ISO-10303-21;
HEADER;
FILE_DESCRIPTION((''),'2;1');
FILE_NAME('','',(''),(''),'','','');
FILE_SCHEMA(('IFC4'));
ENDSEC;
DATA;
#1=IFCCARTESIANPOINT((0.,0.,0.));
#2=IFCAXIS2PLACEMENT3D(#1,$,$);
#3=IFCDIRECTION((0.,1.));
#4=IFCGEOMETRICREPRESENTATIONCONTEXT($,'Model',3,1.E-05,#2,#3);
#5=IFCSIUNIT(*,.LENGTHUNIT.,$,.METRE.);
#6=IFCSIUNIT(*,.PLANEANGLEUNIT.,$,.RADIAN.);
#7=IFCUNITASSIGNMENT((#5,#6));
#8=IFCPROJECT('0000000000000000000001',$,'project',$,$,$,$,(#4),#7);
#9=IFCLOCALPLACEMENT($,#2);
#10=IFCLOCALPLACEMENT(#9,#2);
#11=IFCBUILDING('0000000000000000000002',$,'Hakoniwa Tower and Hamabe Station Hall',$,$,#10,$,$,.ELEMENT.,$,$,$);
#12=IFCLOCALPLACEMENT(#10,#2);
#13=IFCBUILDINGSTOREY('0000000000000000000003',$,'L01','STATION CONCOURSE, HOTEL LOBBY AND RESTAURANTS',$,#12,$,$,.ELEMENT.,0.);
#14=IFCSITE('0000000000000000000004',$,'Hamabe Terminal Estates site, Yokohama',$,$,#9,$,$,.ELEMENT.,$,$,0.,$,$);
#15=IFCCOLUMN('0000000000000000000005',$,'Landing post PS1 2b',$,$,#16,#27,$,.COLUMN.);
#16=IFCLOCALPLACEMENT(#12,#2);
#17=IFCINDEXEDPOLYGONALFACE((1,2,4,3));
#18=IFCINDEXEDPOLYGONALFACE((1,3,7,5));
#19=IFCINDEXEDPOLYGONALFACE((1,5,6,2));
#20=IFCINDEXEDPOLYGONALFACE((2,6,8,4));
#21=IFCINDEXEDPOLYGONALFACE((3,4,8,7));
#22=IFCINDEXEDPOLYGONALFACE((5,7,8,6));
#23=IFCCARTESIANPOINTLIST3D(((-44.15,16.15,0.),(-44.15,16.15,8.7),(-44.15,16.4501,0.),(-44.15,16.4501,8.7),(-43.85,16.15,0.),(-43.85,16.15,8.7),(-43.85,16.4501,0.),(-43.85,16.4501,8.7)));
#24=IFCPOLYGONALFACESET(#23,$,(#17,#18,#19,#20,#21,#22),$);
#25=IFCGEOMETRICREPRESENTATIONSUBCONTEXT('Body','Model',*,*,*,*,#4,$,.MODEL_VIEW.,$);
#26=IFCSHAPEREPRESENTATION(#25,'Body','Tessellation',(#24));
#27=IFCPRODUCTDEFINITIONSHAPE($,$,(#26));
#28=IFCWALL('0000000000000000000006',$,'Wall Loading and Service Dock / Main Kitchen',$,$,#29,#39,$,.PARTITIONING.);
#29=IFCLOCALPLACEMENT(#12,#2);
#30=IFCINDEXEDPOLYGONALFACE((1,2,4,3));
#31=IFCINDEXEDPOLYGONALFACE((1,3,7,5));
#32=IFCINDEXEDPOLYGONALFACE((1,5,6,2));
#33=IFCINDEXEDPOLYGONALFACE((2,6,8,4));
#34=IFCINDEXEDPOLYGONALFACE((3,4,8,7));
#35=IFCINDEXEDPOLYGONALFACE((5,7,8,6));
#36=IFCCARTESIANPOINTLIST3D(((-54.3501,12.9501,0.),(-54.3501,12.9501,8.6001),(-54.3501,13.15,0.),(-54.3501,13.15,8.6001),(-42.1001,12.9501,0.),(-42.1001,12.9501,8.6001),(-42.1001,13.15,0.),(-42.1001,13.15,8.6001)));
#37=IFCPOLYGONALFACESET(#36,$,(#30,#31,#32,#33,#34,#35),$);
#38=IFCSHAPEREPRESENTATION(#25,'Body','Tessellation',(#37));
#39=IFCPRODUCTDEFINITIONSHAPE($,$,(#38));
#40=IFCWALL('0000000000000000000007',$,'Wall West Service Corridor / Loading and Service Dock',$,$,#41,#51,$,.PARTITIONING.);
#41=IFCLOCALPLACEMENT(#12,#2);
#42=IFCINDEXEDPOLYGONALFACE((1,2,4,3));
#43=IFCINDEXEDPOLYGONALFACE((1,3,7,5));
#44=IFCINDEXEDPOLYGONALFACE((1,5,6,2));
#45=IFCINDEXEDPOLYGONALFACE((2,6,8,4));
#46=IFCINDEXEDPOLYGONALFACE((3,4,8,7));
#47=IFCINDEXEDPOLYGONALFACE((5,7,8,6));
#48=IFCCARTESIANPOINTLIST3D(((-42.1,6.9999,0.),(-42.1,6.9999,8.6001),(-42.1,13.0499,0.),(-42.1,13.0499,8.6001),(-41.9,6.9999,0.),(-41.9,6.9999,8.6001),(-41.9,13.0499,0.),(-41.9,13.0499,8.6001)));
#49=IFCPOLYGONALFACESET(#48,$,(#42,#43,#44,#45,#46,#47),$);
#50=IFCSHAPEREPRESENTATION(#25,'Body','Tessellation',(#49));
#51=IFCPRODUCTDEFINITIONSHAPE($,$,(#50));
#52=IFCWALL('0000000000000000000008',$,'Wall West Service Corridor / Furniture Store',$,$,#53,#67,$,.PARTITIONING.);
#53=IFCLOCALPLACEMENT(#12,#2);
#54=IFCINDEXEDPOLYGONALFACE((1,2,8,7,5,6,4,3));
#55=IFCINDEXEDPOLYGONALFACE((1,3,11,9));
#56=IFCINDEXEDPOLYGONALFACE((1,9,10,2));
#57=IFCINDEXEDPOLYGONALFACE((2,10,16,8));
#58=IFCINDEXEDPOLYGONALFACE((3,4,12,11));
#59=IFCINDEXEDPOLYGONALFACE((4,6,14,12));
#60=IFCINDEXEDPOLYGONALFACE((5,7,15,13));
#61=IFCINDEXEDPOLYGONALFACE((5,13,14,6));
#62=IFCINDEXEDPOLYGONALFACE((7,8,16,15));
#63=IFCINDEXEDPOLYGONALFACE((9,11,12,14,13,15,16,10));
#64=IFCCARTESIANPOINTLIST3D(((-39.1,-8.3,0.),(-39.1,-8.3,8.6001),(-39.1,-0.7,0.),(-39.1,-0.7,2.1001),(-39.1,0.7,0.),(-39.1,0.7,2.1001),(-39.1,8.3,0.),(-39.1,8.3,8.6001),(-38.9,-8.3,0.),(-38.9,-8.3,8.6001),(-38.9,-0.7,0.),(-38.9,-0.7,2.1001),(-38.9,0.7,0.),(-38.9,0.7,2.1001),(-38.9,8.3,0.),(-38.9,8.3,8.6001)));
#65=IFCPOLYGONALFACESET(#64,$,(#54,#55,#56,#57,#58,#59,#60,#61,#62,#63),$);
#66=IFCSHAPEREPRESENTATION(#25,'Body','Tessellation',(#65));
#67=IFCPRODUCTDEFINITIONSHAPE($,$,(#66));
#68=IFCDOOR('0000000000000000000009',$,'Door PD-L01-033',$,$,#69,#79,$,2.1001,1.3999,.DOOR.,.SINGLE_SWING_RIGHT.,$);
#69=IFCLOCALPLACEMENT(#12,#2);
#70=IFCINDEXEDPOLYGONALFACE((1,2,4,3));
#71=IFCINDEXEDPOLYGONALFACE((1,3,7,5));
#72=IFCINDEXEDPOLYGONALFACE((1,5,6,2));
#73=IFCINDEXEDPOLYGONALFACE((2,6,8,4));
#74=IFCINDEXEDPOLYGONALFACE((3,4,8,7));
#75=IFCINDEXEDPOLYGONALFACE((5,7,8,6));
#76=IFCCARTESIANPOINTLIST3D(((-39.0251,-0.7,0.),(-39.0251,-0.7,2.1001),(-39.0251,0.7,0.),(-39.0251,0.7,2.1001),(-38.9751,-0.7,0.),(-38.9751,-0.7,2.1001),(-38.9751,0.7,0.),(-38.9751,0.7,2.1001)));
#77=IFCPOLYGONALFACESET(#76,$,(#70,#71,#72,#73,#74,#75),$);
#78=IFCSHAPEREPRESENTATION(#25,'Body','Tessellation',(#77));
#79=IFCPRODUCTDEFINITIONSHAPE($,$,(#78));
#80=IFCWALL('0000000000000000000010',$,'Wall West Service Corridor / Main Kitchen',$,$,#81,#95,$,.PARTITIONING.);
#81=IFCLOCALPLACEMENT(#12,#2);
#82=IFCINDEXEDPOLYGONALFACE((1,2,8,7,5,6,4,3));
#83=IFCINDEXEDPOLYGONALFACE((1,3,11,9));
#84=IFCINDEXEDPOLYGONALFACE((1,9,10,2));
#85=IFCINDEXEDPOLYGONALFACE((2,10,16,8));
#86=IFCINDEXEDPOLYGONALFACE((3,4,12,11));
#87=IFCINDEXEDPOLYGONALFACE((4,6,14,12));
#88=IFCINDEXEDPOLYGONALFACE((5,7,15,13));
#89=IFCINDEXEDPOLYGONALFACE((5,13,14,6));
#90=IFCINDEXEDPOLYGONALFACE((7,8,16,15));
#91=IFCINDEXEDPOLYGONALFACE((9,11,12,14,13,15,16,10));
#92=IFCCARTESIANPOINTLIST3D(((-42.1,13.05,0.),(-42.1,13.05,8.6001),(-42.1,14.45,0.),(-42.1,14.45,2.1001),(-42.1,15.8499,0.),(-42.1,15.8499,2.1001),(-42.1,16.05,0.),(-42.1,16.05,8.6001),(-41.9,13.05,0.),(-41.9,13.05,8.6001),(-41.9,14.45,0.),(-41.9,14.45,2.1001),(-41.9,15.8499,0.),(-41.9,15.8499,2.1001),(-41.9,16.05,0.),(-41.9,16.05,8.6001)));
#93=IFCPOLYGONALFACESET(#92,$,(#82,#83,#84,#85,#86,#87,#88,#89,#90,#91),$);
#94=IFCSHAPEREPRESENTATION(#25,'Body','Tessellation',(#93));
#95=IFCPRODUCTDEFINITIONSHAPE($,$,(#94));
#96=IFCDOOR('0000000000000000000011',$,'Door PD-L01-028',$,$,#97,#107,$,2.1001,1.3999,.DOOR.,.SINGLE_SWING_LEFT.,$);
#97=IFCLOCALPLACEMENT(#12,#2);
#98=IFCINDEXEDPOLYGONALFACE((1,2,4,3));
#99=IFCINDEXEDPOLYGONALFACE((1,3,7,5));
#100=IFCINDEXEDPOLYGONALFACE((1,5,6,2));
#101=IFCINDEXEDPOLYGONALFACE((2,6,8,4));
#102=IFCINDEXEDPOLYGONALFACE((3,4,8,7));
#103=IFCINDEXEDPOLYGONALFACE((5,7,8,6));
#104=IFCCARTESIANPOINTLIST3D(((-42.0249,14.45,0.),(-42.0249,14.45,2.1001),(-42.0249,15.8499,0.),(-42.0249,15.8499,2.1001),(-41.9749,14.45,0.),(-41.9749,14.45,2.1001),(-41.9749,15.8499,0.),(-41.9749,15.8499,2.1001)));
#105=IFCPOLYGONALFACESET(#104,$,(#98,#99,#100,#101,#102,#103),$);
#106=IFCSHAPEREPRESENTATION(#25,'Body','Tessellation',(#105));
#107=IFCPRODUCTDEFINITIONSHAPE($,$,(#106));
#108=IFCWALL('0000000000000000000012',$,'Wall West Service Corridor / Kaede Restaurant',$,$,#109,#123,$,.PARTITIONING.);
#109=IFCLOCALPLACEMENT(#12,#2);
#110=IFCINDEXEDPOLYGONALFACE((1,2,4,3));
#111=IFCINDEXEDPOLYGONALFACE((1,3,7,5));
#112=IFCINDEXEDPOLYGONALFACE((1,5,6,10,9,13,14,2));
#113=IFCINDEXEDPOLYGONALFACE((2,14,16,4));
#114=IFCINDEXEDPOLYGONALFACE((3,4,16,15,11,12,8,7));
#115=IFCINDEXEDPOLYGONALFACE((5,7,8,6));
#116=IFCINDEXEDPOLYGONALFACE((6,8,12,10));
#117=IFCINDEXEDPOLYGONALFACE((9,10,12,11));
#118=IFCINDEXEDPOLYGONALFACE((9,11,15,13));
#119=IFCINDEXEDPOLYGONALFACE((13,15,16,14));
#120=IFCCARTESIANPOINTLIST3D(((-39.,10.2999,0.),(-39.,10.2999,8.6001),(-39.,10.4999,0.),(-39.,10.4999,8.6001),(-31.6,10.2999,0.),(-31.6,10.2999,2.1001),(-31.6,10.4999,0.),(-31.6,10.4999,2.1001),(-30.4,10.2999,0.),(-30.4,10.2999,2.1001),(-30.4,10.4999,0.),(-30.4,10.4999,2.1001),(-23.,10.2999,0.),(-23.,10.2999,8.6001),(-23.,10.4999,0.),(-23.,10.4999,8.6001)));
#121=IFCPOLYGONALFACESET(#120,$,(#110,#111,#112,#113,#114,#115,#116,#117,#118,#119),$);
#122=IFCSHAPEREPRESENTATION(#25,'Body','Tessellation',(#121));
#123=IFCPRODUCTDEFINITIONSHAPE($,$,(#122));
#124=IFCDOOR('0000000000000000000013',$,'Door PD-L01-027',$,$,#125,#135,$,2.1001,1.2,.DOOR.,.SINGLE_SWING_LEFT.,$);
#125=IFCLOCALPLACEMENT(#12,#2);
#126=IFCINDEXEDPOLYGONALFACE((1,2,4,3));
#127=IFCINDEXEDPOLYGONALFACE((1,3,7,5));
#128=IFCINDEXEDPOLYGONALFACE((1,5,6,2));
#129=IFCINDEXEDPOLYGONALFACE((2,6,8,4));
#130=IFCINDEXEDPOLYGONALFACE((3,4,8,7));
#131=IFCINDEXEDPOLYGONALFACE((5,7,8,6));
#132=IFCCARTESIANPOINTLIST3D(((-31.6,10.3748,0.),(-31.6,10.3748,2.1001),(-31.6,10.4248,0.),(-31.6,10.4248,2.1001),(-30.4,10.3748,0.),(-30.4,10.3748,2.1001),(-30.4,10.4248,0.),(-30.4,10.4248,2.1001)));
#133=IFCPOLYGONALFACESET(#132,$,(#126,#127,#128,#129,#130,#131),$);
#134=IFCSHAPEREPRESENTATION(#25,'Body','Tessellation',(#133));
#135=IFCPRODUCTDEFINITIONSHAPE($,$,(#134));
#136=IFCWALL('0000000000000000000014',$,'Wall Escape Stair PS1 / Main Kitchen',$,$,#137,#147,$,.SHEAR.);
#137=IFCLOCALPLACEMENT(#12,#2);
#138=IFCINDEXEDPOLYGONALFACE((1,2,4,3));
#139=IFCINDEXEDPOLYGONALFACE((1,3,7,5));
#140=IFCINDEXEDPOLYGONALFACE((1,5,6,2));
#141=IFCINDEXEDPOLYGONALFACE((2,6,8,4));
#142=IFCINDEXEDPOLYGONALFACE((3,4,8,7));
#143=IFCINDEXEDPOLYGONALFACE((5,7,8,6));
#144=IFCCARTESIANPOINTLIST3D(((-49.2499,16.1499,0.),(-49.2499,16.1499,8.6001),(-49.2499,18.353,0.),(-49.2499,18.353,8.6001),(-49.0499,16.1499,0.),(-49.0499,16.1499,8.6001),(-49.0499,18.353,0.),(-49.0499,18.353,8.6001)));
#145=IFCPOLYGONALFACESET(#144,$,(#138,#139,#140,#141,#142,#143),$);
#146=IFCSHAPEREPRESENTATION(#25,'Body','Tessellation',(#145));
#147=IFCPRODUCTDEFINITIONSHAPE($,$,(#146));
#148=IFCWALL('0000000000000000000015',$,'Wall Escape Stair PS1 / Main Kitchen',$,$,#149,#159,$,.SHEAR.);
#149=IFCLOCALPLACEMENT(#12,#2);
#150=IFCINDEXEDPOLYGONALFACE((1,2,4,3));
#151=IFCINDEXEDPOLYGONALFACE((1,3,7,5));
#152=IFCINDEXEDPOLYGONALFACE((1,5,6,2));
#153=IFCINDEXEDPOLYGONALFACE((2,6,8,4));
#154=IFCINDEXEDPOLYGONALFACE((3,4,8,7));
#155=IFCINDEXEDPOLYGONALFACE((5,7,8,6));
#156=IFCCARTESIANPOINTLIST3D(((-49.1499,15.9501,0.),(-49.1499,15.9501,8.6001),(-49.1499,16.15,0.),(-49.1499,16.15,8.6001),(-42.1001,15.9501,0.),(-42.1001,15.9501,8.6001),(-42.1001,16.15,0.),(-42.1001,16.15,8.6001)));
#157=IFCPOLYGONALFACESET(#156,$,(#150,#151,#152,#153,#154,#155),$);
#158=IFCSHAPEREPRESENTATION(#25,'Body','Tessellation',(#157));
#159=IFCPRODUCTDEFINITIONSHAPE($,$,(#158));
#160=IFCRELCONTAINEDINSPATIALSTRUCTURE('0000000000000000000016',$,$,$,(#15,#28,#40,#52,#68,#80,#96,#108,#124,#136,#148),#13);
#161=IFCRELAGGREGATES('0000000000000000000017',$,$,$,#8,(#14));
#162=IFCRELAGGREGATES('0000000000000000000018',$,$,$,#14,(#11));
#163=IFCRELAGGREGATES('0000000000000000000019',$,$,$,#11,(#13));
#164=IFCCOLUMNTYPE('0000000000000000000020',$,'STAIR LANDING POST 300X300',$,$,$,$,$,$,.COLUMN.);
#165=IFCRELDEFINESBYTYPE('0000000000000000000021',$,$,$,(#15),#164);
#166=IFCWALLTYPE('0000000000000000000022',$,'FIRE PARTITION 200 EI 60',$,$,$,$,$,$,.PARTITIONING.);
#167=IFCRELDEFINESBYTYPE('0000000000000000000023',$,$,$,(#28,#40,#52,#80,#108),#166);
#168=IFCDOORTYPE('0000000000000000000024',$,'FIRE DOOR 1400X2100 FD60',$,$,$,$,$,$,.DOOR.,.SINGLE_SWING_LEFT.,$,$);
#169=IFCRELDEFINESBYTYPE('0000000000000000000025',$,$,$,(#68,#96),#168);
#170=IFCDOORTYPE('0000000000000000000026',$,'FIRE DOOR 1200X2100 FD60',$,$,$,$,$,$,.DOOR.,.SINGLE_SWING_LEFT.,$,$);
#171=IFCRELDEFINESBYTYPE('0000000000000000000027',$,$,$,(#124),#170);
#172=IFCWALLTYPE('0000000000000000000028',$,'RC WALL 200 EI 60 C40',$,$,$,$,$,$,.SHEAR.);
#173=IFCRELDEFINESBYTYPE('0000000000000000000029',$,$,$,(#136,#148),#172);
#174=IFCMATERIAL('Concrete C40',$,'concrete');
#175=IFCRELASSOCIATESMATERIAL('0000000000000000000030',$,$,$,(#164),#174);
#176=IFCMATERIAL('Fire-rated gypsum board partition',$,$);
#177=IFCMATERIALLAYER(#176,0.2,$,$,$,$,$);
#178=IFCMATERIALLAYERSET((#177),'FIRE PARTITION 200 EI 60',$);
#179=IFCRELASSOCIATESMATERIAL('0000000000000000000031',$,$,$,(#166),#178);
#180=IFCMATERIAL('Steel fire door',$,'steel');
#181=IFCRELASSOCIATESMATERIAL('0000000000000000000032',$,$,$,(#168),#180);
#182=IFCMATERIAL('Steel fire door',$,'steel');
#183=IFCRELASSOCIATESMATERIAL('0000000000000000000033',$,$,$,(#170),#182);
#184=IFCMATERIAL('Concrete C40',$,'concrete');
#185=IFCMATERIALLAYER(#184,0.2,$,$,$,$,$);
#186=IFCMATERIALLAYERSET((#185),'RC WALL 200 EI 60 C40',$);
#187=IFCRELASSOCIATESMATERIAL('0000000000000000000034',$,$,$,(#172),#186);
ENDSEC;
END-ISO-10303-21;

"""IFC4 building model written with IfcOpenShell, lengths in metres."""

from ifc_helpers import new_model, si_unit, direction, frame, frame_2d, origin, origin_2d, place, context, subcontext, project, spatial, rectangle, extrude, material, layer, layer_set, material_profile, profile_set, type_object, element, fill, save


model = new_model("IFC4")

# Units and contexts
model_context = context("Model", 3, precision=1e-05, world=origin(), true_north=direction((0.0, 1.0)))
body_context = subcontext(model_context, "Body", "Model", "MODEL_VIEW")
ifc_project = project(units=[si_unit("LENGTHUNIT", "METRE"), si_unit("PLANEANGLEUNIT", "RADIAN")], contexts=[model_context])

# Site, building, storey
site_placement = place(None, origin())
site = spatial("IfcSite", under=ifc_project, at=site_placement, Name="Hamabe Terminal Estates site, Yokohama", CompositionType="ELEMENT", RefElevation=0.0)
building_placement = place(site_placement, origin())
building = spatial("IfcBuilding", under=site, at=building_placement, Name="Hakoniwa Tower and Hamabe Station Hall", CompositionType="ELEMENT")
storey_placement = place(building_placement, origin())
storey = spatial("IfcBuildingStorey", under=building, at=storey_placement, Name="L01", Description="STATION CONCOURSE, HOTEL LOBBY AND RESTAURANTS", CompositionType="ELEMENT", Elevation=0.0)

# Column
ifc_material_1 = material(Name="Concrete C40", Category="concrete")
ifc_material_profile_1 = material_profile(ifc_material_1, rectangle(XDim=0.3, YDim=0.3, at=origin_2d()), Name="STAIR LANDING POST 300X300")
ifc_profile_set_1 = profile_set([ifc_material_profile_1], Name="Concrete C40")
column_type_1 = type_object("IfcColumnType", Name="STAIR LANDING POST 300X300", PredefinedType="COLUMN", material=ifc_profile_set_1)
for number, where, z_axis, x_axis, name in (
    (1, (-44.0, 16.3, 0.0), (0.0, 0.0, 1.0), (1.0, 0.0, 0.0), "Landing post PS1 2b"),
):
    element("IfcColumn", number, at=place(storey_placement, frame(where, z_axis=z_axis, x_axis=x_axis)), inside=storey, type_object=column_type_1, Name=name, PredefinedType="COLUMN", context=body_context, shape_type="SweptSolid", body=[
        extrude(rectangle(XDim=0.3, YDim=0.3, at=origin_2d()), origin(), (0.0, 0.0, 1.0), 8.7),
    ])

# Walls
ifc_material_2 = material(Name="Fire-rated gypsum board partition")
ifc_layer_1 = layer(ifc_material_2, 0.2)
ifc_layer_set_1 = layer_set([ifc_layer_1], Name="FIRE PARTITION 200 EI 60")
wall_type_1 = type_object("IfcWallType", Name="FIRE PARTITION 200 EI 60", PredefinedType="PARTITIONING", material=ifc_layer_set_1)
wall_1_placement = place(storey_placement, frame((-54.3501, 13.05, 0.0), z_axis=(0.0, 0.0, 1.0), x_axis=(1.0, 0.0, 0.0)))
element("IfcWall", 2, at=wall_1_placement, inside=storey, type_object=wall_type_1, Name="Wall Loading and Service Dock / Main Kitchen", PredefinedType="PARTITIONING", context=body_context, shape_type="SweptSolid", body=[
    extrude(rectangle(XDim=12.25, YDim=0.2, at=frame_2d((6.125, 0.0))), origin(), (0.0, 0.0, 1.0), 8.6001),
])
wall_2_placement = place(storey_placement, frame((-42.0, 7.0, 0.0), z_axis=(0.0, 0.0, 1.0), x_axis=(0.0, 1.0, 0.0)))
element("IfcWall", 3, at=wall_2_placement, inside=storey, type_object=wall_type_1, Name="Wall West Service Corridor / Loading and Service Dock", PredefinedType="PARTITIONING", context=body_context, shape_type="SweptSolid", body=[
    extrude(rectangle(XDim=6.05, YDim=0.2, at=frame_2d((3.0249, 0.0))), origin(), (0.0, 0.0, 1.0), 8.6001),
])

# Walls, openings, doors
wall_3_placement = place(storey_placement, frame((-39.0, 8.3, 0.0), z_axis=(0.0, 0.0, 1.0), x_axis=(0.0, -1.0, 0.0)))
wall_3 = element("IfcWall", 4, at=wall_3_placement, inside=storey, type_object=wall_type_1, Name="Wall West Service Corridor / Furniture Store", PredefinedType="PARTITIONING", context=body_context, shape_type="SweptSolid", body=[
    extrude(rectangle(XDim=16.6001, YDim=0.2, at=frame_2d((8.3, 0.0))), origin(), (0.0, 0.0, 1.0), 8.6001),
])
opening_1_placement = place(wall_3_placement, frame((7.6001, 0.0, 0.0)))
opening_1 = element("IfcOpeningElement", 5, at=opening_1_placement, cuts=wall_3, PredefinedType="OPENING", context=body_context, shape_type="SweptSolid", body=[
    extrude(rectangle(XDim=1.3999, YDim=2.1001, at=frame_2d((0.7, 1.05))), frame((0.0, 0.1099, 0.0), z_axis=(0.0, -1.0, 0.0), x_axis=(1.0, 0.0, 0.0)), (0.0, 0.0, 1.0), 0.22),
])
ifc_material_3 = material(Name="Steel fire door", Category="steel")
door_type_1 = type_object("IfcDoorType", Name="FIRE DOOR 1400X2100 FD60", OperationType="SINGLE_SWING_LEFT", PredefinedType="DOOR", material=ifc_material_3)
door_1_placement = place(opening_1_placement, origin())
door_1 = element("IfcDoor", 6, at=door_1_placement, inside=storey, type_object=door_type_1, Name="Door PD-L01-033", OperationType="SINGLE_SWING_RIGHT", OverallHeight=2.1001, OverallWidth=1.3999, PredefinedType="DOOR", context=body_context, shape_type="SweptSolid", body=[
    extrude(rectangle(XDim=1.3999, YDim=2.1001, at=frame_2d((0.7, 1.05))), frame((0.0, 0.0249, 0.0), z_axis=(0.0, -1.0, 0.0), x_axis=(1.0, 0.0, 0.0)), (0.0, 0.0, 1.0), 0.05),
])
fill(opening_1, door_1)
wall_4_placement = place(storey_placement, frame((-42.0, 13.05, 0.0), z_axis=(0.0, 0.0, 1.0), x_axis=(0.0, 1.0, 0.0)))
wall_4 = element("IfcWall", 7, at=wall_4_placement, inside=storey, type_object=wall_type_1, Name="Wall West Service Corridor / Main Kitchen", PredefinedType="PARTITIONING", context=body_context, shape_type="SweptSolid", body=[
    extrude(rectangle(XDim=3.0, YDim=0.2, at=frame_2d((1.5, 0.0))), origin(), (0.0, 0.0, 1.0), 8.6001),
])
opening_2_placement = place(wall_4_placement, frame((1.3999, 0.0, 0.0)))
opening_2 = element("IfcOpeningElement", 8, at=opening_2_placement, cuts=wall_4, PredefinedType="OPENING", context=body_context, shape_type="SweptSolid", body=[
    extrude(rectangle(XDim=1.3999, YDim=2.1001, at=frame_2d((0.7, 1.05))), frame((0.0, 0.1099, 0.0), z_axis=(0.0, -1.0, 0.0), x_axis=(1.0, 0.0, 0.0)), (0.0, 0.0, 1.0), 0.22),
])
door_2_placement = place(opening_2_placement, origin())
door_2 = element("IfcDoor", 9, at=door_2_placement, inside=storey, type_object=door_type_1, Name="Door PD-L01-028", OperationType="SINGLE_SWING_LEFT", OverallHeight=2.1001, OverallWidth=1.3999, PredefinedType="DOOR", context=body_context, shape_type="SweptSolid", body=[
    extrude(rectangle(XDim=1.3999, YDim=2.1001, at=frame_2d((0.7, 1.05))), frame((0.0, 0.0249, 0.0), z_axis=(0.0, -1.0, 0.0), x_axis=(1.0, 0.0, 0.0)), (0.0, 0.0, 1.0), 0.05),
])
fill(opening_2, door_2)
wall_5_placement = place(storey_placement, frame((-39.0, 10.3999, 0.0), z_axis=(0.0, 0.0, 1.0), x_axis=(1.0, 0.0, 0.0)))
wall_5 = element("IfcWall", 10, at=wall_5_placement, inside=storey, type_object=wall_type_1, Name="Wall West Service Corridor / Kaede Restaurant", PredefinedType="PARTITIONING", context=body_context, shape_type="SweptSolid", body=[
    extrude(rectangle(XDim=16.0, YDim=0.2, at=frame_2d((8.0, 0.0))), origin(), (0.0, 0.0, 1.0), 8.6001),
])
opening_3_placement = place(wall_5_placement, frame((7.3999, 0.0, 0.0)))
opening_3 = element("IfcOpeningElement", 11, at=opening_3_placement, cuts=wall_5, PredefinedType="OPENING", context=body_context, shape_type="SweptSolid", body=[
    extrude(rectangle(XDim=1.2, YDim=2.1001, at=frame_2d((0.6001, 1.05))), frame((0.0, 0.1099, 0.0), z_axis=(0.0, -1.0, 0.0), x_axis=(1.0, 0.0, 0.0)), (0.0, 0.0, 1.0), 0.22),
])
ifc_material_4 = material(Name="Steel fire door", Category="steel")
door_type_2 = type_object("IfcDoorType", Name="FIRE DOOR 1200X2100 FD60", OperationType="SINGLE_SWING_LEFT", PredefinedType="DOOR", material=ifc_material_4)
door_3_placement = place(opening_3_placement, origin())
door_3 = element("IfcDoor", 12, at=door_3_placement, inside=storey, type_object=door_type_2, Name="Door PD-L01-027", OperationType="SINGLE_SWING_LEFT", OverallHeight=2.1001, OverallWidth=1.2, PredefinedType="DOOR", context=body_context, shape_type="SweptSolid", body=[
    extrude(rectangle(XDim=1.2, YDim=2.1001, at=frame_2d((0.6001, 1.05))), frame((0.0, 0.0249, 0.0), z_axis=(0.0, -1.0, 0.0), x_axis=(1.0, 0.0, 0.0)), (0.0, 0.0, 1.0), 0.05),
])
fill(opening_3, door_3)

# Walls
ifc_material_5 = material(Name="Concrete C40", Category="concrete")
ifc_layer_2 = layer(ifc_material_5, 0.2)
ifc_layer_set_2 = layer_set([ifc_layer_2], Name="RC WALL 200 EI 60 C40")
wall_type_2 = type_object("IfcWallType", Name="RC WALL 200 EI 60 C40", PredefinedType="SHEAR", material=ifc_layer_set_2)
wall_6_placement = place(storey_placement, frame((-49.1499, 16.1499, 0.0), z_axis=(0.0, 0.0, 1.0), x_axis=(0.0, 1.0, 0.0)))
element("IfcWall", 13, at=wall_6_placement, inside=storey, type_object=wall_type_2, Name="Wall Escape Stair PS1 / Main Kitchen", PredefinedType="SHEAR", context=body_context, shape_type="SweptSolid", body=[
    extrude(rectangle(XDim=2.2031, YDim=0.2, at=frame_2d((1.1016, 0.0))), origin(), (0.0, 0.0, 1.0), 8.6001),
])
wall_7_placement = place(storey_placement, frame((-42.1001, 16.05, 0.0), z_axis=(0.0, 0.0, 1.0), x_axis=(-1.0, 0.0, 0.0)))
element("IfcWall", 14, at=wall_7_placement, inside=storey, type_object=wall_type_2, Name="Wall Escape Stair PS1 / Main Kitchen", PredefinedType="SHEAR", context=body_context, shape_type="SweptSolid", body=[
    extrude(rectangle(XDim=7.0498, YDim=0.2, at=frame_2d((3.5249, 0.0))), origin(), (0.0, 0.0, 1.0), 8.6001),
])

save(model, "model.ifc")
